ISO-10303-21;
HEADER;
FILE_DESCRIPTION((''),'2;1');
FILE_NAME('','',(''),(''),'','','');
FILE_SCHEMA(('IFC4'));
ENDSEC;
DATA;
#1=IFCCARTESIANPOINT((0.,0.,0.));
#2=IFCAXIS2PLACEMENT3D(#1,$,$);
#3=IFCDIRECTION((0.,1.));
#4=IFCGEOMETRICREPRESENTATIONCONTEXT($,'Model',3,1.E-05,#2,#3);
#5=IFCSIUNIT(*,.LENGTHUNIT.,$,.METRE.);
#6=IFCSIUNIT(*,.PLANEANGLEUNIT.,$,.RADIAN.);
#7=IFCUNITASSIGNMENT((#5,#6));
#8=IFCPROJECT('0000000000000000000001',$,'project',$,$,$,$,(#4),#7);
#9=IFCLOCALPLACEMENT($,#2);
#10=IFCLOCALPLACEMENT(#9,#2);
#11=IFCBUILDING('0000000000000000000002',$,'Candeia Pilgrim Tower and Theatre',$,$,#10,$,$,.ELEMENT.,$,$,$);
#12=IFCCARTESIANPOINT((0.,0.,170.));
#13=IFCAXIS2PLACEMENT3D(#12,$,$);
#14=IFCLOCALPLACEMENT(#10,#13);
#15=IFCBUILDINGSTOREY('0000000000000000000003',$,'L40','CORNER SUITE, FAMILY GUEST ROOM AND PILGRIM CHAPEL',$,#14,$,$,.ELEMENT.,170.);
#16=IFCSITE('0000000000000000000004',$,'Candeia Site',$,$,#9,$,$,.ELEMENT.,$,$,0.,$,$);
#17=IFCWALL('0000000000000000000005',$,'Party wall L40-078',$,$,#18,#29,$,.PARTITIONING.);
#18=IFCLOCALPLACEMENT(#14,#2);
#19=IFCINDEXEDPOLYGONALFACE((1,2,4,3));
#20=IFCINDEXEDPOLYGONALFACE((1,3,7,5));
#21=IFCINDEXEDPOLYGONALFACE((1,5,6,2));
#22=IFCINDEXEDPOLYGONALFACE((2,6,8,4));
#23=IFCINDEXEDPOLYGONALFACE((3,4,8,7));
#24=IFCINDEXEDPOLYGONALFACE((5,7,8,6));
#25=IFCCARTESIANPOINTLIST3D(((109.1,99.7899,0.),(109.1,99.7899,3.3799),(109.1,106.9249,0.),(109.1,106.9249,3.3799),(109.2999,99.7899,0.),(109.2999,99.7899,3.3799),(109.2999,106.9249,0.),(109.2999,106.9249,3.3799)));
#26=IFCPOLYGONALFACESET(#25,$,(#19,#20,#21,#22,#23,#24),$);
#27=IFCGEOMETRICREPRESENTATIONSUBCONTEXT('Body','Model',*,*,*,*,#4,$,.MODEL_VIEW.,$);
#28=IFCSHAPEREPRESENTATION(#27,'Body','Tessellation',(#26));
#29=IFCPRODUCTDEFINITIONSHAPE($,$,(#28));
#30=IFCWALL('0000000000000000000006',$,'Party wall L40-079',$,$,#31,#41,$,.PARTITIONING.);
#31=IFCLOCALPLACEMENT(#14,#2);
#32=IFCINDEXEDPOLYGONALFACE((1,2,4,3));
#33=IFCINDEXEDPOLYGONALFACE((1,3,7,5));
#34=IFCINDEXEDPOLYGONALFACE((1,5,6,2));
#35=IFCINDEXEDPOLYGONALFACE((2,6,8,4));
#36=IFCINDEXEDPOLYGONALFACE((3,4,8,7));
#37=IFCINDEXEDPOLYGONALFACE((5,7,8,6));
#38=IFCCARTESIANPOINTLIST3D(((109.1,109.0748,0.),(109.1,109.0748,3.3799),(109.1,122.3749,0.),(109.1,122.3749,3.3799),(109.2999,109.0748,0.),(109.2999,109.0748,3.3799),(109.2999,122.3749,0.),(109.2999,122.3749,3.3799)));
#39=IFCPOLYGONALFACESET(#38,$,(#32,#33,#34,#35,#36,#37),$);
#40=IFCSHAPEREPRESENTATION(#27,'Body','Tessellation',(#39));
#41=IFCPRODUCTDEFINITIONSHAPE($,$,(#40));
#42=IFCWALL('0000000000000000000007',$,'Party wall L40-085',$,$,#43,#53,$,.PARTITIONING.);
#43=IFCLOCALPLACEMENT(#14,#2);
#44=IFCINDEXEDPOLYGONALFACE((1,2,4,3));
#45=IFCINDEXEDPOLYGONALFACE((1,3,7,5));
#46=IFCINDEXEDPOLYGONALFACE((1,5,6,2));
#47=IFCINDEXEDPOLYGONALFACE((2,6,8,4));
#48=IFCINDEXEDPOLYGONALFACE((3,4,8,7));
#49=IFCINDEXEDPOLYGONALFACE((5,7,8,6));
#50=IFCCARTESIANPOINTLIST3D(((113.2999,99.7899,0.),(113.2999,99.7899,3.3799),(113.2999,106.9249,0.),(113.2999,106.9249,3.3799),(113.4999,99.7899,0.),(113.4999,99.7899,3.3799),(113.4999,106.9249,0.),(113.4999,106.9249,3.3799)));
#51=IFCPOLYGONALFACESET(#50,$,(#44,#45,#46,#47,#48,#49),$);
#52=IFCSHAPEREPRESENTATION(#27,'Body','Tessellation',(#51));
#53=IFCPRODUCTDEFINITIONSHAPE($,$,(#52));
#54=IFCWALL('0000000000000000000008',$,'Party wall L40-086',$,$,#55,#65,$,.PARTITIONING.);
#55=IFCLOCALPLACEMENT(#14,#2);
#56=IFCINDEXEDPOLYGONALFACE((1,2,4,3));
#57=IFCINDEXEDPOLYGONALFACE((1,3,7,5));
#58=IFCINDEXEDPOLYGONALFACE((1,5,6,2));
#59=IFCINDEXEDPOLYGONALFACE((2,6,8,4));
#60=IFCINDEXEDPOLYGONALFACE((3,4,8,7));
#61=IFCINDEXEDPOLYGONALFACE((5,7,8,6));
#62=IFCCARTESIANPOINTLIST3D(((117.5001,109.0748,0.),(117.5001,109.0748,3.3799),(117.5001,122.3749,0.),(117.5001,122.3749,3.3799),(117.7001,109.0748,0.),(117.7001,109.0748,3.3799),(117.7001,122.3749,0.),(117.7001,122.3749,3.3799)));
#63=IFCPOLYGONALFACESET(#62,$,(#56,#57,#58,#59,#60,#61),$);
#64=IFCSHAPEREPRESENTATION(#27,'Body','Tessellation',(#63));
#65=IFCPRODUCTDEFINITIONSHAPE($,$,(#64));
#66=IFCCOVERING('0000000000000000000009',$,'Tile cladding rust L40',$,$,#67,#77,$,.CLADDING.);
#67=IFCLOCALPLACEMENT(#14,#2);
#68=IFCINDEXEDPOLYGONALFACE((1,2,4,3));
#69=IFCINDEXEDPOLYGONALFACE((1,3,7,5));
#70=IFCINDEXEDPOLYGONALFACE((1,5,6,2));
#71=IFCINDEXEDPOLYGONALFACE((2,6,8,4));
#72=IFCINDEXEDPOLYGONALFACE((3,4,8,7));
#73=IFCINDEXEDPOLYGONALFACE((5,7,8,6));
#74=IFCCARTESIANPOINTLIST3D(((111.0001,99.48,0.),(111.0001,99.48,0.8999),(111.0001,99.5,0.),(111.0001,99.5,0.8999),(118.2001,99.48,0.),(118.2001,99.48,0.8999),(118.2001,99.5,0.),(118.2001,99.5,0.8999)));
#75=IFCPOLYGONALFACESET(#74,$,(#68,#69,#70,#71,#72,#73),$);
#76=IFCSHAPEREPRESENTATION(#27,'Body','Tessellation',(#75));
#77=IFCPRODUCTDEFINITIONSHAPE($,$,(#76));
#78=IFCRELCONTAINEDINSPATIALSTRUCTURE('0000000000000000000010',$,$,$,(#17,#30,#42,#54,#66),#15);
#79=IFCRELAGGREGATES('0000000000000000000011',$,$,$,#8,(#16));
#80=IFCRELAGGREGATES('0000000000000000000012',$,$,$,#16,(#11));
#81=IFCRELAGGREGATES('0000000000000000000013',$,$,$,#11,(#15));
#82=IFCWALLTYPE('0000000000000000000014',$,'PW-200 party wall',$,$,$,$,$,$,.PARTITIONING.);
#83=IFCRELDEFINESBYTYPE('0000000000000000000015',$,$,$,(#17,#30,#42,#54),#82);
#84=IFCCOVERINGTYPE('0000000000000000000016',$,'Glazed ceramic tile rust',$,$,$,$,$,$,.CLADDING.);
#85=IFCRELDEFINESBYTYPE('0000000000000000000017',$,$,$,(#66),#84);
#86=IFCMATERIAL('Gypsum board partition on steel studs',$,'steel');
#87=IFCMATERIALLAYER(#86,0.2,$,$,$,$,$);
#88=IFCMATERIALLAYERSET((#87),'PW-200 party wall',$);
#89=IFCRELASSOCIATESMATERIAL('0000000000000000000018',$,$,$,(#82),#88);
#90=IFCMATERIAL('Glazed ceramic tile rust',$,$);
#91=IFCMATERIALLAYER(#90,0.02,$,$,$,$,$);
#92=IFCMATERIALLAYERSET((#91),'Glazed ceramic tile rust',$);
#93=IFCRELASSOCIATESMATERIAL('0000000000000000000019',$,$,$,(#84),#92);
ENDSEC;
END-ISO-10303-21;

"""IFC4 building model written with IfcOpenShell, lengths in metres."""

from ifc_helpers import new_model, si_unit, direction, frame, frame_2d, origin, origin_2d, place, context, subcontext, project, spatial, rectangle, extrude, material, layer, layer_set, type_object, element, save


model = new_model("IFC4")

# Units and contexts
model_context = context("Model", 3, precision=1e-05, world=origin(), true_north=direction((0.0, 1.0)))
body_context = subcontext(model_context, "Body", "Model", "MODEL_VIEW")
ifc_project = project(units=[si_unit("LENGTHUNIT", "METRE"), si_unit("PLANEANGLEUNIT", "RADIAN")], contexts=[model_context])

# Site, building, storey
site_placement = place(None, origin())
site = spatial("IfcSite", under=ifc_project, at=site_placement, Name="Candeia Site", CompositionType="ELEMENT", RefElevation=0.0)
building_placement = place(site_placement, origin())
building = spatial("IfcBuilding", under=site, at=building_placement, Name="Candeia Pilgrim Tower and Theatre", CompositionType="ELEMENT")
storey_placement = place(building_placement, frame((0.0, 0.0, 170.0)))
storey = spatial("IfcBuildingStorey", under=building, at=storey_placement, Name="L40", Description="CORNER SUITE, FAMILY GUEST ROOM AND PILGRIM CHAPEL", CompositionType="ELEMENT", Elevation=170.0)

# Shared definitions
ifc_material_1 = material(Name="Gypsum board partition on steel studs", Category="steel")

# Walls
ifc_layer_1 = layer(ifc_material_1, 0.2)
ifc_layer_set_1 = layer_set([ifc_layer_1], Name="PW-200 party wall")
wall_type_1 = type_object("IfcWallType", Name="PW-200 party wall", PredefinedType="PARTITIONING", material=ifc_layer_set_1)
wall_1_placement = place(storey_placement, frame((109.2, 99.79, 0.0), z_axis=(0.0, 0.0, 1.0), x_axis=(0.0, 1.0, 0.0)))
element("IfcWall", 1, at=wall_1_placement, inside=storey, type_object=wall_type_1, Name="Party wall L40-078", PredefinedType="PARTITIONING", context=body_context, shape_type="SweptSolid", body=[
    extrude(rectangle(XDim=7.135, YDim=0.2, at=frame_2d((3.5674, 0.0))), origin(), (0.0, 0.0, 1.0), 3.3799),
])
wall_2_placement = place(storey_placement, frame((109.2, 109.075, 0.0), z_axis=(0.0, 0.0, 1.0), x_axis=(0.0, 1.0, 0.0)))
element("IfcWall", 2, at=wall_2_placement, inside=storey, type_object=wall_type_1, Name="Party wall L40-079", PredefinedType="PARTITIONING", context=body_context, shape_type="SweptSolid", body=[
    extrude(rectangle(XDim=13.3, YDim=0.2, at=frame_2d((6.6499, 0.0))), origin(), (0.0, 0.0, 1.0), 3.3799),
])
wall_3_placement = place(storey_placement, frame((113.3999, 99.79, 0.0), z_axis=(0.0, 0.0, 1.0), x_axis=(0.0, 1.0, 0.0)))
element("IfcWall", 3, at=wall_3_placement, inside=storey, type_object=wall_type_1, Name="Party wall L40-085", PredefinedType="PARTITIONING", context=body_context, shape_type="SweptSolid", body=[
    extrude(rectangle(XDim=7.135, YDim=0.2, at=frame_2d((3.5674, 0.0))), origin(), (0.0, 0.0, 1.0), 3.3799),
])
wall_4_placement = place(storey_placement, frame((117.6001, 109.075, 0.0), z_axis=(0.0, 0.0, 1.0), x_axis=(0.0, 1.0, 0.0)))
element("IfcWall", 4, at=wall_4_placement, inside=storey, type_object=wall_type_1, Name="Party wall L40-086", PredefinedType="PARTITIONING", context=body_context, shape_type="SweptSolid", body=[
    extrude(rectangle(XDim=13.3, YDim=0.2, at=frame_2d((6.6499, 0.0))), origin(), (0.0, 0.0, 1.0), 3.3799),
])

# Covering
ifc_material_2 = material(Name="Glazed ceramic tile rust")
ifc_layer_2 = layer(ifc_material_2, 0.02)
ifc_layer_set_2 = layer_set([ifc_layer_2], Name="Glazed ceramic tile rust")
covering_type = type_object("IfcCoveringType", Name="Glazed ceramic tile rust", PredefinedType="CLADDING", material=ifc_layer_set_2)
covering_placement = place(storey_placement, frame((114.6001, 99.49, 0.0), z_axis=(0.0, 0.0, 1.0), x_axis=(1.0, 0.0, 0.0)))
element("IfcCovering", 5, at=covering_placement, inside=storey, type_object=covering_type, Name="Tile cladding rust L40", PredefinedType="CLADDING", context=body_context, shape_type="SweptSolid", body=[
    extrude(rectangle(XDim=7.2, YDim=0.02, at=origin_2d()), origin(), (0.0, 0.0, 1.0), 0.8999),
])

save(model, "model.ifc")
